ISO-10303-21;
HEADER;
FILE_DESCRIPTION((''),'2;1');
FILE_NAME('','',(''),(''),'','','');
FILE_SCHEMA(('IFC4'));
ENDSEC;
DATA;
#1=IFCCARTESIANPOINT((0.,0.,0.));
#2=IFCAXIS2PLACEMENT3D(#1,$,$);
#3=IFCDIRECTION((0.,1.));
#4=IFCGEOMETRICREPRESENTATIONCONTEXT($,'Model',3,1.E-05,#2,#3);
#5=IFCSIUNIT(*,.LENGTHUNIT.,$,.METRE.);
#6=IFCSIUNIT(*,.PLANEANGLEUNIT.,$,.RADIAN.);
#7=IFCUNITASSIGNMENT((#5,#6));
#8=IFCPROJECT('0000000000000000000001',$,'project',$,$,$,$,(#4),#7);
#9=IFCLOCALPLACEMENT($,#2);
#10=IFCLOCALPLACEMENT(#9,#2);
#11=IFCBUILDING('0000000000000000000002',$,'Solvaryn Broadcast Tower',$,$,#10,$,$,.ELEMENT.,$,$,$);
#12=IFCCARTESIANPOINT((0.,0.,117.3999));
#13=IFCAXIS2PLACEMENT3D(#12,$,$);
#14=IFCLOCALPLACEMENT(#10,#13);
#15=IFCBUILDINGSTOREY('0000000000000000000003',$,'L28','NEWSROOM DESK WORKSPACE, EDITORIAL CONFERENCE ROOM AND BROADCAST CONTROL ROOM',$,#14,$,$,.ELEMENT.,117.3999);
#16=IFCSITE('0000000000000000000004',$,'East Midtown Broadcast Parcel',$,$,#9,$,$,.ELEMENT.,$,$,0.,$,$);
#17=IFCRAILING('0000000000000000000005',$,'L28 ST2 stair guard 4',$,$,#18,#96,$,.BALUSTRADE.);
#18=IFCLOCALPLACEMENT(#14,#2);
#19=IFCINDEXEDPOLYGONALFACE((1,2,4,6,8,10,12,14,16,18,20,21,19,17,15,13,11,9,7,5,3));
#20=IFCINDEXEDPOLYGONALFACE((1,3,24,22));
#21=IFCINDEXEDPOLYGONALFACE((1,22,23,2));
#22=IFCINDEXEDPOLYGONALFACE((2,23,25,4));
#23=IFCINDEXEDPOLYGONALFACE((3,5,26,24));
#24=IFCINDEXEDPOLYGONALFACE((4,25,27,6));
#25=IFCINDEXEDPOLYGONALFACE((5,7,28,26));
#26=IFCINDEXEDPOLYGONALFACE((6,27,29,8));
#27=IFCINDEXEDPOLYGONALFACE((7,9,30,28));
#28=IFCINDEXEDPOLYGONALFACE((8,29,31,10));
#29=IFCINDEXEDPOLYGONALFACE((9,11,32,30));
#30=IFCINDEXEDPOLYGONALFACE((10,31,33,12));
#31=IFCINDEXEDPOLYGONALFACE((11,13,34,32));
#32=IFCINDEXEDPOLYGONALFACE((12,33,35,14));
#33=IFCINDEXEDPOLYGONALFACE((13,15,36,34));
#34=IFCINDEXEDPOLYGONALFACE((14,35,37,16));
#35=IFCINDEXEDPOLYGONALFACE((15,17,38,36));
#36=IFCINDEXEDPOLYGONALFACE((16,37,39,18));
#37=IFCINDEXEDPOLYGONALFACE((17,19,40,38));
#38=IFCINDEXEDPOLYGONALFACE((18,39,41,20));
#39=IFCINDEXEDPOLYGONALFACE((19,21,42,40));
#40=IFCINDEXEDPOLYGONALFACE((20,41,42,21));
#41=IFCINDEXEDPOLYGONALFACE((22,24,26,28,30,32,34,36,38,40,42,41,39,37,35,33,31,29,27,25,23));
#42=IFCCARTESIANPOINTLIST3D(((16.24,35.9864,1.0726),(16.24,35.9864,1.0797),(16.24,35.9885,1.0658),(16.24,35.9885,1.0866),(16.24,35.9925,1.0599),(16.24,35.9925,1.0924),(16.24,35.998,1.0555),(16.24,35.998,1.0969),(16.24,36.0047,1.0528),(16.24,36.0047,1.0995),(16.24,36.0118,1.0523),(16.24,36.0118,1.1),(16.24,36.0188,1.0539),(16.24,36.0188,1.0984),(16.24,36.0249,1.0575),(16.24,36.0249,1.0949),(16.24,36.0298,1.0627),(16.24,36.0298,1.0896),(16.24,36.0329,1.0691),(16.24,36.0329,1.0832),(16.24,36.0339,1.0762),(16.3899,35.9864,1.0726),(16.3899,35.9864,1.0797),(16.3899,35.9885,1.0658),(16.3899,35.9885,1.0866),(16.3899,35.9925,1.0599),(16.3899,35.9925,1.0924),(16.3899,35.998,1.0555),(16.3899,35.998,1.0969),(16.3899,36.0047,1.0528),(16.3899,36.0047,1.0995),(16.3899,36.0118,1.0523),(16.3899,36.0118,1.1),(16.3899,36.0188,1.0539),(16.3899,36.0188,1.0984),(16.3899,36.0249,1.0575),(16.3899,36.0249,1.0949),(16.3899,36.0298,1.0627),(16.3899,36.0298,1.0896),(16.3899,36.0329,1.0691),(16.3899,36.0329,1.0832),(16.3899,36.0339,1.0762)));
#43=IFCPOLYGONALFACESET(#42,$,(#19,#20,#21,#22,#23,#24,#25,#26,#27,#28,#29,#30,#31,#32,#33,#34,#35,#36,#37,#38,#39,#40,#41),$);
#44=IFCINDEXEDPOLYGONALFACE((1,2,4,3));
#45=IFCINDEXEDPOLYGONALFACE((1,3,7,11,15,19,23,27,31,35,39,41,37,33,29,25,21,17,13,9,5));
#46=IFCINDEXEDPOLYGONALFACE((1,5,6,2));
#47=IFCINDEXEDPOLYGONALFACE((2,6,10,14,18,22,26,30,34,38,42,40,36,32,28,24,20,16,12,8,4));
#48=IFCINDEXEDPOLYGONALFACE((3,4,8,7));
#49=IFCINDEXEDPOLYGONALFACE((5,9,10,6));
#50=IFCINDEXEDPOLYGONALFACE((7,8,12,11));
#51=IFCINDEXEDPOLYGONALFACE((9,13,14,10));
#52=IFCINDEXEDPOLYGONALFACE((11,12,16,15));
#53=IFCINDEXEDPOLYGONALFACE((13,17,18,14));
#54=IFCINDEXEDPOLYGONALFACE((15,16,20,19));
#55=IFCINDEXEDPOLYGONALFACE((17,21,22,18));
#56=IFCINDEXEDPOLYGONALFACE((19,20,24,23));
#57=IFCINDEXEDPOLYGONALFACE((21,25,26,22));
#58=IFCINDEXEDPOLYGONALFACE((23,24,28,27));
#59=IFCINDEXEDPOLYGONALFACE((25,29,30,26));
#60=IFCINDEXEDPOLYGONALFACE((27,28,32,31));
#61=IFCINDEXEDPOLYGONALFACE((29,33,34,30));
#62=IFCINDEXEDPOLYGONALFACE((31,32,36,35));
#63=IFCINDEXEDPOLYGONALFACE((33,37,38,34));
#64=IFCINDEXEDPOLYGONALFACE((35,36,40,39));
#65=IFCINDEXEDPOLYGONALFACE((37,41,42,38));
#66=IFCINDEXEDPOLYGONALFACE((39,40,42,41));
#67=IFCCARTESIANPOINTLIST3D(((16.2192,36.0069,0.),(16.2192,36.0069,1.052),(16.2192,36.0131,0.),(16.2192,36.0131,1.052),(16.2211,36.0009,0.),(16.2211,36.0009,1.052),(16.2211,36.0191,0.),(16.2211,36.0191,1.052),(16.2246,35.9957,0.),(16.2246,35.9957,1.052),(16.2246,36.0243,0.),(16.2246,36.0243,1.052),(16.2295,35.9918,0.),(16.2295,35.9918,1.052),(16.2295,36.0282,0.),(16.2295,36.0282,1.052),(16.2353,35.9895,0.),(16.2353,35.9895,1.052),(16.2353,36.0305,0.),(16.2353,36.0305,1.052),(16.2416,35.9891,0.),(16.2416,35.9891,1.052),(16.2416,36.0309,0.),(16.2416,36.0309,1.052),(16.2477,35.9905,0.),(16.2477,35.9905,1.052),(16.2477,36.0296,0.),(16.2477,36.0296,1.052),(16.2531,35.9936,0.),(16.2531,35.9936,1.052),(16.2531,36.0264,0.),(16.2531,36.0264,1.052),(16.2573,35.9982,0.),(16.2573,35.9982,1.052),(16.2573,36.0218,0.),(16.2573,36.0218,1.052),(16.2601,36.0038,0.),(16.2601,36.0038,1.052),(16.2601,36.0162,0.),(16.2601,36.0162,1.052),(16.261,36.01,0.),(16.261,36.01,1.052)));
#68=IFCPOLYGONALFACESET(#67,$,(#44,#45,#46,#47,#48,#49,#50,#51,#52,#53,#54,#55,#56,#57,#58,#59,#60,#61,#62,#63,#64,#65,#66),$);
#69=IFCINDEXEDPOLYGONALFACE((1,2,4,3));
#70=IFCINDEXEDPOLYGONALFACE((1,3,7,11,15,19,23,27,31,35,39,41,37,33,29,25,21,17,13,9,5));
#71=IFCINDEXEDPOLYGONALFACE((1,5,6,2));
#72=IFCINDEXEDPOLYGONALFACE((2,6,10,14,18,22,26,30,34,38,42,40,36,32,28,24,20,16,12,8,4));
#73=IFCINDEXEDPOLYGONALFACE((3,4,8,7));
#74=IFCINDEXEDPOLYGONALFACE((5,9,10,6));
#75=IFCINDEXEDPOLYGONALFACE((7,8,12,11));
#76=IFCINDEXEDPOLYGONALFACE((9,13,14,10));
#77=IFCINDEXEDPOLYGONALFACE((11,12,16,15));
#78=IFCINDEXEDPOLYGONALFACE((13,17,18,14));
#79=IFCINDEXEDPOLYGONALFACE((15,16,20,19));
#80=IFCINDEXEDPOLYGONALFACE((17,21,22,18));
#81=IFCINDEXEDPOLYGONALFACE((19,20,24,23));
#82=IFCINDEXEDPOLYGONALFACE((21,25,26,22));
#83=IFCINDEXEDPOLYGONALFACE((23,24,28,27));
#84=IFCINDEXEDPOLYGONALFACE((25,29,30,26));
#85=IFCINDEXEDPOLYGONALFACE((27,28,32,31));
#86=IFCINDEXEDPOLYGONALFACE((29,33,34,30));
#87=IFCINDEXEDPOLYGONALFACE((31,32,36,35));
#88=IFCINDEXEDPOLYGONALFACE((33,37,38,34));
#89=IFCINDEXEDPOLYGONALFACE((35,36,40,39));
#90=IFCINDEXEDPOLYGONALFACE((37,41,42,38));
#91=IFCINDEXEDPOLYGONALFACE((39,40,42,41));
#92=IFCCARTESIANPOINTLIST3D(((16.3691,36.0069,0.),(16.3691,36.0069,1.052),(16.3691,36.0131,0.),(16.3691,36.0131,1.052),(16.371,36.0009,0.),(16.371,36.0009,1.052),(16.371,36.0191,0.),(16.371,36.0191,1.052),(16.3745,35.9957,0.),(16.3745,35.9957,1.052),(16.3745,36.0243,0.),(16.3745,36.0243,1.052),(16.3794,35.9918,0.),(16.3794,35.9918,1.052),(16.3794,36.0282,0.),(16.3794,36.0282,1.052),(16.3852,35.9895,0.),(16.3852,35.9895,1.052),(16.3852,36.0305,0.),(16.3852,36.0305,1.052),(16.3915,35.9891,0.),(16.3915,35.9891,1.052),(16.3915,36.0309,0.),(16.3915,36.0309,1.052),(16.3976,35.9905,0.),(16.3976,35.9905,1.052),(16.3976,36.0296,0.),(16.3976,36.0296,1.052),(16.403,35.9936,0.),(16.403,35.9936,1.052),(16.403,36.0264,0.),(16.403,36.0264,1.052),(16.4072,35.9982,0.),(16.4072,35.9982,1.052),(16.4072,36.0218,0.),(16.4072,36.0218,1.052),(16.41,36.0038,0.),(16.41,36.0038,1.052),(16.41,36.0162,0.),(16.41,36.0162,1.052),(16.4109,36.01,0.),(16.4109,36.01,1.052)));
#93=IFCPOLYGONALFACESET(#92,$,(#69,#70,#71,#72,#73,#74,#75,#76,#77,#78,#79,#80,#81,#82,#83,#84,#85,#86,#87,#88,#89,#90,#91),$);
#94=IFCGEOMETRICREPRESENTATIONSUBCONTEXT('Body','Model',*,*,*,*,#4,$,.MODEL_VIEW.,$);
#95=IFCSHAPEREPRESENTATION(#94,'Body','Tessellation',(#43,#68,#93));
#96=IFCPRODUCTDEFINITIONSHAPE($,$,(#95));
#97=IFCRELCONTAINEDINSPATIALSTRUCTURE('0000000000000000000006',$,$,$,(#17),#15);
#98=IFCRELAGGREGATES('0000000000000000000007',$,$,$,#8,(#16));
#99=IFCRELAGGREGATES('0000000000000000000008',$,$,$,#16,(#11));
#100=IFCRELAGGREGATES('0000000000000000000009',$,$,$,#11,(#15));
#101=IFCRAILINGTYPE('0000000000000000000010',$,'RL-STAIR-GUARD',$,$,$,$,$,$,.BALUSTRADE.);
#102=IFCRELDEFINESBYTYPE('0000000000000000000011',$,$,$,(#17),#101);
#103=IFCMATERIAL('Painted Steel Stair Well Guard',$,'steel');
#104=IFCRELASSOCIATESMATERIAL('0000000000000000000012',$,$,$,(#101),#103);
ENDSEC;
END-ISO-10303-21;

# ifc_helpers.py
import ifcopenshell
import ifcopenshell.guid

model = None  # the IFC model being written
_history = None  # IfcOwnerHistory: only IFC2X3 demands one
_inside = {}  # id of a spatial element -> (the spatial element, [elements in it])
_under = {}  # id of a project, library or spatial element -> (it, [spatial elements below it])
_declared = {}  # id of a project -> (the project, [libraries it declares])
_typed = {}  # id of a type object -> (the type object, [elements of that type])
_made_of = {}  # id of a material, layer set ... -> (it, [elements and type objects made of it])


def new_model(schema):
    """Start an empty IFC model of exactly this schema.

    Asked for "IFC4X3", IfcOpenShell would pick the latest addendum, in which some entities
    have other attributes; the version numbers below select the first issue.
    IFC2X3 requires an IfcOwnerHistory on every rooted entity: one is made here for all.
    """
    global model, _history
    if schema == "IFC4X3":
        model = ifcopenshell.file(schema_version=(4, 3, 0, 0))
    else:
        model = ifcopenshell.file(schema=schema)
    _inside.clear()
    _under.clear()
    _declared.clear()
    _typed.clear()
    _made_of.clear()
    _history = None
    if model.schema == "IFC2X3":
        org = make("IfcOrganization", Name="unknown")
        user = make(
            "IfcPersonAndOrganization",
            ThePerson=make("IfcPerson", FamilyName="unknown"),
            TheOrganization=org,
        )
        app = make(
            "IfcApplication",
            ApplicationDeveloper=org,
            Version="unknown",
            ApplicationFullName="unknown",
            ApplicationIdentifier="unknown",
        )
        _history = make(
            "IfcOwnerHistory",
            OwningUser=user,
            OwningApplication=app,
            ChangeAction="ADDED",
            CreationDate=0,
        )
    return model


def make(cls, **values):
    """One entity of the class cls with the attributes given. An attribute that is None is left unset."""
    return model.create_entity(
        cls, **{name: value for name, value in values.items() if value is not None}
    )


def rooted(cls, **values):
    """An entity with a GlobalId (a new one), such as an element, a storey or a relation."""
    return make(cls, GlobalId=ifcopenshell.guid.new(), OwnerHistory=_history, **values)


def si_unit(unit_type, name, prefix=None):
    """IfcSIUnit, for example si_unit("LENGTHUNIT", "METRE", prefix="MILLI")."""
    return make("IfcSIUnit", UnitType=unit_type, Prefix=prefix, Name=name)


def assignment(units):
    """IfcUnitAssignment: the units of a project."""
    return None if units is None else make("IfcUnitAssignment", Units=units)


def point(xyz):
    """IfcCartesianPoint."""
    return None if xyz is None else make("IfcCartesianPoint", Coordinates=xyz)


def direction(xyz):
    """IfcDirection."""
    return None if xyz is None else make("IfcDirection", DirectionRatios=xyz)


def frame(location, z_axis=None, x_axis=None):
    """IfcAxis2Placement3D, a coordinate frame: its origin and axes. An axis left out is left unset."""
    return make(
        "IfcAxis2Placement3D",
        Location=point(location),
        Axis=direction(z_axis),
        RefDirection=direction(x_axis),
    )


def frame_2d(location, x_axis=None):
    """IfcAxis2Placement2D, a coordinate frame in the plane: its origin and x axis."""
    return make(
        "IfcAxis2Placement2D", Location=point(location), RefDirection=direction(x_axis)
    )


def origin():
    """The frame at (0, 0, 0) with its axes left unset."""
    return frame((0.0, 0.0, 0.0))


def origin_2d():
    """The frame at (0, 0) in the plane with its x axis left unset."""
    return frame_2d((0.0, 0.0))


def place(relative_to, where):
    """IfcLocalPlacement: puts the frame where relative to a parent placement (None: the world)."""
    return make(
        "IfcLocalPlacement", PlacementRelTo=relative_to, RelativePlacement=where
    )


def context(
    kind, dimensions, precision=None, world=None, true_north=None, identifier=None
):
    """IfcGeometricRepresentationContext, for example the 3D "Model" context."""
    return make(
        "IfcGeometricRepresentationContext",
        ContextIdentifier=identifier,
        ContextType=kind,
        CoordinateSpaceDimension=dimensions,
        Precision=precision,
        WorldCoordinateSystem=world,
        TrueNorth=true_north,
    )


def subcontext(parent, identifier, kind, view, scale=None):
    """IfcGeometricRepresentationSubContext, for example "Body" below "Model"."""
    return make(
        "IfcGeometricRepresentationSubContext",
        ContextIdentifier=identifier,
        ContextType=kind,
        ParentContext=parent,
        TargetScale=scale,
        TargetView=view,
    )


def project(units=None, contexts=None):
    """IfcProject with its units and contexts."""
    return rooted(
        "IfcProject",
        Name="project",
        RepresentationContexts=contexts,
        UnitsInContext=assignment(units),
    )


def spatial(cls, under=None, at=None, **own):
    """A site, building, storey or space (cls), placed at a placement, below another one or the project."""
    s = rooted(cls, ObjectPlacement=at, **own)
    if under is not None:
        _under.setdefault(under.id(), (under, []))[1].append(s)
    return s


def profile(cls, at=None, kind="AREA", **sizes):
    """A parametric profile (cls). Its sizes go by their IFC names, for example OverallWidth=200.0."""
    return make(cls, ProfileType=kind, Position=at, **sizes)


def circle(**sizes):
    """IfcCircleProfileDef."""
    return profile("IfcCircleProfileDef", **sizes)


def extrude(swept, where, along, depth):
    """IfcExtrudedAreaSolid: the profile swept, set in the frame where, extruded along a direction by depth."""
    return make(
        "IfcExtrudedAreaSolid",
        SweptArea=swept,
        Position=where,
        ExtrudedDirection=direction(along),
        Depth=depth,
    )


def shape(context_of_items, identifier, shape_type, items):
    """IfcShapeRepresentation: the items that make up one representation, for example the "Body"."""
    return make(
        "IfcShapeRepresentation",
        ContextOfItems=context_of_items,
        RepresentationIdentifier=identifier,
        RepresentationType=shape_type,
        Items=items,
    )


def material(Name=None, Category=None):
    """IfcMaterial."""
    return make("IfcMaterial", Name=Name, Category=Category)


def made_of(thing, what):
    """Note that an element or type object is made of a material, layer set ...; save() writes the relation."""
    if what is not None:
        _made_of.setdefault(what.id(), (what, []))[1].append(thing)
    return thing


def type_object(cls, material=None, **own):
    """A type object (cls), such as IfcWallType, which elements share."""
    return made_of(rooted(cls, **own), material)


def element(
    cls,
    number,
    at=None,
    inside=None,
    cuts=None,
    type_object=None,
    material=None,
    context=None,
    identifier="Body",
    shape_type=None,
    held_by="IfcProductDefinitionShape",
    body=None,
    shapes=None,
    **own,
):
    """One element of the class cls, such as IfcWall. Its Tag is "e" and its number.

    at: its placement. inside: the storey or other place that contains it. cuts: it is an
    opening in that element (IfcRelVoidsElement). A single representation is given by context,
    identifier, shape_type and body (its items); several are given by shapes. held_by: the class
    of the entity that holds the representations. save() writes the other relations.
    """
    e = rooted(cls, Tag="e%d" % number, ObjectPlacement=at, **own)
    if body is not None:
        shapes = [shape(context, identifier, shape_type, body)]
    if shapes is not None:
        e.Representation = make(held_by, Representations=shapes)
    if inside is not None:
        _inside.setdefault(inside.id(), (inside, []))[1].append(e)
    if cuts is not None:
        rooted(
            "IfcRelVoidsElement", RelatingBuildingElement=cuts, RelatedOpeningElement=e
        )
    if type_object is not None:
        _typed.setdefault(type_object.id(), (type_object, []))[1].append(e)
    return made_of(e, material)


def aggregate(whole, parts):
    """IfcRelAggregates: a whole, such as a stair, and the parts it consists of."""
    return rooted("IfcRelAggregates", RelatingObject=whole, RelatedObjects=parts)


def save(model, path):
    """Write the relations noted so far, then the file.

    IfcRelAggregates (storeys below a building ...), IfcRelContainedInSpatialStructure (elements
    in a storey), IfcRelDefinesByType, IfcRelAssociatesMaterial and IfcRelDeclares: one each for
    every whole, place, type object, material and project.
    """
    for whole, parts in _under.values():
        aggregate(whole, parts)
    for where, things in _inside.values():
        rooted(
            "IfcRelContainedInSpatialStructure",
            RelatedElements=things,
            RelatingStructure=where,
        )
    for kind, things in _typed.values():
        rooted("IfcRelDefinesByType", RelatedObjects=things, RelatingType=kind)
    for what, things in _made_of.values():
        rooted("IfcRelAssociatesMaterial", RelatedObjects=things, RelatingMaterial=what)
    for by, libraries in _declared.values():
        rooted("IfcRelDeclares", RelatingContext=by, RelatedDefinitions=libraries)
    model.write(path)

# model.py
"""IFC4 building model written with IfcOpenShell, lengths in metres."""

from ifc_helpers import new_model, si_unit, direction, frame, origin, origin_2d, place, context, subcontext, project, spatial, circle, extrude, material, type_object, element, save


model = new_model("IFC4")

# Units and contexts
model_context = context("Model", 3, precision=1e-05, world=origin(), true_north=direction((0.0, 1.0)))
body_context = subcontext(model_context, "Body", "Model", "MODEL_VIEW")
ifc_project = project(units=[si_unit("LENGTHUNIT", "METRE"), si_unit("PLANEANGLEUNIT", "RADIAN")], contexts=[model_context])

# Site, building, storey
site_placement = place(None, origin())
site = spatial("IfcSite", under=ifc_project, at=site_placement, Name="East Midtown Broadcast Parcel", CompositionType="ELEMENT", RefElevation=0.0)
building_placement = place(site_placement, origin())
building = spatial("IfcBuilding", under=site, at=building_placement, Name="Solvaryn Broadcast Tower", CompositionType="ELEMENT")
storey_placement = place(building_placement, frame((0.0, 0.0, 117.3999)))
storey = spatial("IfcBuildingStorey", under=building, at=storey_placement, Name="L28", Description="NEWSROOM DESK WORKSPACE, EDITORIAL CONFERENCE ROOM AND BROADCAST CONTROL ROOM", CompositionType="ELEMENT", Elevation=117.3999)

# Railing
ifc_material_1 = material(Name="Painted Steel Stair Well Guard", Category="steel")
railing_type_1 = type_object("IfcRailingType", Name="RL-STAIR-GUARD", PredefinedType="BALUSTRADE", material=ifc_material_1)
railing_1_placement = place(storey_placement, frame((16.24, 36.01, 0.0)))
element("IfcRailing", 1, at=railing_1_placement, inside=storey, type_object=railing_type_1, Name="L28 ST2 stair guard 4", PredefinedType="BALUSTRADE", context=body_context, shape_type="SweptSolid", body=[
    extrude(circle(Radius=0.0239, at=origin_2d()), frame((0.0, 0.0, 1.0762), z_axis=(1.0, 0.0, 0.0), x_axis=(0.0, 1.0, 0.0)), (0.0, 0.0, 1.0), 0.1499),
    extrude(circle(Radius=0.021, at=origin_2d()), origin(), (0.0, 0.0, 1.0), 1.052),
    extrude(circle(Radius=0.021, at=origin_2d()), frame((0.1499, 0.0, 0.0)), (0.0, 0.0, 1.0), 1.052),
])

save(model, "model.ifc")
